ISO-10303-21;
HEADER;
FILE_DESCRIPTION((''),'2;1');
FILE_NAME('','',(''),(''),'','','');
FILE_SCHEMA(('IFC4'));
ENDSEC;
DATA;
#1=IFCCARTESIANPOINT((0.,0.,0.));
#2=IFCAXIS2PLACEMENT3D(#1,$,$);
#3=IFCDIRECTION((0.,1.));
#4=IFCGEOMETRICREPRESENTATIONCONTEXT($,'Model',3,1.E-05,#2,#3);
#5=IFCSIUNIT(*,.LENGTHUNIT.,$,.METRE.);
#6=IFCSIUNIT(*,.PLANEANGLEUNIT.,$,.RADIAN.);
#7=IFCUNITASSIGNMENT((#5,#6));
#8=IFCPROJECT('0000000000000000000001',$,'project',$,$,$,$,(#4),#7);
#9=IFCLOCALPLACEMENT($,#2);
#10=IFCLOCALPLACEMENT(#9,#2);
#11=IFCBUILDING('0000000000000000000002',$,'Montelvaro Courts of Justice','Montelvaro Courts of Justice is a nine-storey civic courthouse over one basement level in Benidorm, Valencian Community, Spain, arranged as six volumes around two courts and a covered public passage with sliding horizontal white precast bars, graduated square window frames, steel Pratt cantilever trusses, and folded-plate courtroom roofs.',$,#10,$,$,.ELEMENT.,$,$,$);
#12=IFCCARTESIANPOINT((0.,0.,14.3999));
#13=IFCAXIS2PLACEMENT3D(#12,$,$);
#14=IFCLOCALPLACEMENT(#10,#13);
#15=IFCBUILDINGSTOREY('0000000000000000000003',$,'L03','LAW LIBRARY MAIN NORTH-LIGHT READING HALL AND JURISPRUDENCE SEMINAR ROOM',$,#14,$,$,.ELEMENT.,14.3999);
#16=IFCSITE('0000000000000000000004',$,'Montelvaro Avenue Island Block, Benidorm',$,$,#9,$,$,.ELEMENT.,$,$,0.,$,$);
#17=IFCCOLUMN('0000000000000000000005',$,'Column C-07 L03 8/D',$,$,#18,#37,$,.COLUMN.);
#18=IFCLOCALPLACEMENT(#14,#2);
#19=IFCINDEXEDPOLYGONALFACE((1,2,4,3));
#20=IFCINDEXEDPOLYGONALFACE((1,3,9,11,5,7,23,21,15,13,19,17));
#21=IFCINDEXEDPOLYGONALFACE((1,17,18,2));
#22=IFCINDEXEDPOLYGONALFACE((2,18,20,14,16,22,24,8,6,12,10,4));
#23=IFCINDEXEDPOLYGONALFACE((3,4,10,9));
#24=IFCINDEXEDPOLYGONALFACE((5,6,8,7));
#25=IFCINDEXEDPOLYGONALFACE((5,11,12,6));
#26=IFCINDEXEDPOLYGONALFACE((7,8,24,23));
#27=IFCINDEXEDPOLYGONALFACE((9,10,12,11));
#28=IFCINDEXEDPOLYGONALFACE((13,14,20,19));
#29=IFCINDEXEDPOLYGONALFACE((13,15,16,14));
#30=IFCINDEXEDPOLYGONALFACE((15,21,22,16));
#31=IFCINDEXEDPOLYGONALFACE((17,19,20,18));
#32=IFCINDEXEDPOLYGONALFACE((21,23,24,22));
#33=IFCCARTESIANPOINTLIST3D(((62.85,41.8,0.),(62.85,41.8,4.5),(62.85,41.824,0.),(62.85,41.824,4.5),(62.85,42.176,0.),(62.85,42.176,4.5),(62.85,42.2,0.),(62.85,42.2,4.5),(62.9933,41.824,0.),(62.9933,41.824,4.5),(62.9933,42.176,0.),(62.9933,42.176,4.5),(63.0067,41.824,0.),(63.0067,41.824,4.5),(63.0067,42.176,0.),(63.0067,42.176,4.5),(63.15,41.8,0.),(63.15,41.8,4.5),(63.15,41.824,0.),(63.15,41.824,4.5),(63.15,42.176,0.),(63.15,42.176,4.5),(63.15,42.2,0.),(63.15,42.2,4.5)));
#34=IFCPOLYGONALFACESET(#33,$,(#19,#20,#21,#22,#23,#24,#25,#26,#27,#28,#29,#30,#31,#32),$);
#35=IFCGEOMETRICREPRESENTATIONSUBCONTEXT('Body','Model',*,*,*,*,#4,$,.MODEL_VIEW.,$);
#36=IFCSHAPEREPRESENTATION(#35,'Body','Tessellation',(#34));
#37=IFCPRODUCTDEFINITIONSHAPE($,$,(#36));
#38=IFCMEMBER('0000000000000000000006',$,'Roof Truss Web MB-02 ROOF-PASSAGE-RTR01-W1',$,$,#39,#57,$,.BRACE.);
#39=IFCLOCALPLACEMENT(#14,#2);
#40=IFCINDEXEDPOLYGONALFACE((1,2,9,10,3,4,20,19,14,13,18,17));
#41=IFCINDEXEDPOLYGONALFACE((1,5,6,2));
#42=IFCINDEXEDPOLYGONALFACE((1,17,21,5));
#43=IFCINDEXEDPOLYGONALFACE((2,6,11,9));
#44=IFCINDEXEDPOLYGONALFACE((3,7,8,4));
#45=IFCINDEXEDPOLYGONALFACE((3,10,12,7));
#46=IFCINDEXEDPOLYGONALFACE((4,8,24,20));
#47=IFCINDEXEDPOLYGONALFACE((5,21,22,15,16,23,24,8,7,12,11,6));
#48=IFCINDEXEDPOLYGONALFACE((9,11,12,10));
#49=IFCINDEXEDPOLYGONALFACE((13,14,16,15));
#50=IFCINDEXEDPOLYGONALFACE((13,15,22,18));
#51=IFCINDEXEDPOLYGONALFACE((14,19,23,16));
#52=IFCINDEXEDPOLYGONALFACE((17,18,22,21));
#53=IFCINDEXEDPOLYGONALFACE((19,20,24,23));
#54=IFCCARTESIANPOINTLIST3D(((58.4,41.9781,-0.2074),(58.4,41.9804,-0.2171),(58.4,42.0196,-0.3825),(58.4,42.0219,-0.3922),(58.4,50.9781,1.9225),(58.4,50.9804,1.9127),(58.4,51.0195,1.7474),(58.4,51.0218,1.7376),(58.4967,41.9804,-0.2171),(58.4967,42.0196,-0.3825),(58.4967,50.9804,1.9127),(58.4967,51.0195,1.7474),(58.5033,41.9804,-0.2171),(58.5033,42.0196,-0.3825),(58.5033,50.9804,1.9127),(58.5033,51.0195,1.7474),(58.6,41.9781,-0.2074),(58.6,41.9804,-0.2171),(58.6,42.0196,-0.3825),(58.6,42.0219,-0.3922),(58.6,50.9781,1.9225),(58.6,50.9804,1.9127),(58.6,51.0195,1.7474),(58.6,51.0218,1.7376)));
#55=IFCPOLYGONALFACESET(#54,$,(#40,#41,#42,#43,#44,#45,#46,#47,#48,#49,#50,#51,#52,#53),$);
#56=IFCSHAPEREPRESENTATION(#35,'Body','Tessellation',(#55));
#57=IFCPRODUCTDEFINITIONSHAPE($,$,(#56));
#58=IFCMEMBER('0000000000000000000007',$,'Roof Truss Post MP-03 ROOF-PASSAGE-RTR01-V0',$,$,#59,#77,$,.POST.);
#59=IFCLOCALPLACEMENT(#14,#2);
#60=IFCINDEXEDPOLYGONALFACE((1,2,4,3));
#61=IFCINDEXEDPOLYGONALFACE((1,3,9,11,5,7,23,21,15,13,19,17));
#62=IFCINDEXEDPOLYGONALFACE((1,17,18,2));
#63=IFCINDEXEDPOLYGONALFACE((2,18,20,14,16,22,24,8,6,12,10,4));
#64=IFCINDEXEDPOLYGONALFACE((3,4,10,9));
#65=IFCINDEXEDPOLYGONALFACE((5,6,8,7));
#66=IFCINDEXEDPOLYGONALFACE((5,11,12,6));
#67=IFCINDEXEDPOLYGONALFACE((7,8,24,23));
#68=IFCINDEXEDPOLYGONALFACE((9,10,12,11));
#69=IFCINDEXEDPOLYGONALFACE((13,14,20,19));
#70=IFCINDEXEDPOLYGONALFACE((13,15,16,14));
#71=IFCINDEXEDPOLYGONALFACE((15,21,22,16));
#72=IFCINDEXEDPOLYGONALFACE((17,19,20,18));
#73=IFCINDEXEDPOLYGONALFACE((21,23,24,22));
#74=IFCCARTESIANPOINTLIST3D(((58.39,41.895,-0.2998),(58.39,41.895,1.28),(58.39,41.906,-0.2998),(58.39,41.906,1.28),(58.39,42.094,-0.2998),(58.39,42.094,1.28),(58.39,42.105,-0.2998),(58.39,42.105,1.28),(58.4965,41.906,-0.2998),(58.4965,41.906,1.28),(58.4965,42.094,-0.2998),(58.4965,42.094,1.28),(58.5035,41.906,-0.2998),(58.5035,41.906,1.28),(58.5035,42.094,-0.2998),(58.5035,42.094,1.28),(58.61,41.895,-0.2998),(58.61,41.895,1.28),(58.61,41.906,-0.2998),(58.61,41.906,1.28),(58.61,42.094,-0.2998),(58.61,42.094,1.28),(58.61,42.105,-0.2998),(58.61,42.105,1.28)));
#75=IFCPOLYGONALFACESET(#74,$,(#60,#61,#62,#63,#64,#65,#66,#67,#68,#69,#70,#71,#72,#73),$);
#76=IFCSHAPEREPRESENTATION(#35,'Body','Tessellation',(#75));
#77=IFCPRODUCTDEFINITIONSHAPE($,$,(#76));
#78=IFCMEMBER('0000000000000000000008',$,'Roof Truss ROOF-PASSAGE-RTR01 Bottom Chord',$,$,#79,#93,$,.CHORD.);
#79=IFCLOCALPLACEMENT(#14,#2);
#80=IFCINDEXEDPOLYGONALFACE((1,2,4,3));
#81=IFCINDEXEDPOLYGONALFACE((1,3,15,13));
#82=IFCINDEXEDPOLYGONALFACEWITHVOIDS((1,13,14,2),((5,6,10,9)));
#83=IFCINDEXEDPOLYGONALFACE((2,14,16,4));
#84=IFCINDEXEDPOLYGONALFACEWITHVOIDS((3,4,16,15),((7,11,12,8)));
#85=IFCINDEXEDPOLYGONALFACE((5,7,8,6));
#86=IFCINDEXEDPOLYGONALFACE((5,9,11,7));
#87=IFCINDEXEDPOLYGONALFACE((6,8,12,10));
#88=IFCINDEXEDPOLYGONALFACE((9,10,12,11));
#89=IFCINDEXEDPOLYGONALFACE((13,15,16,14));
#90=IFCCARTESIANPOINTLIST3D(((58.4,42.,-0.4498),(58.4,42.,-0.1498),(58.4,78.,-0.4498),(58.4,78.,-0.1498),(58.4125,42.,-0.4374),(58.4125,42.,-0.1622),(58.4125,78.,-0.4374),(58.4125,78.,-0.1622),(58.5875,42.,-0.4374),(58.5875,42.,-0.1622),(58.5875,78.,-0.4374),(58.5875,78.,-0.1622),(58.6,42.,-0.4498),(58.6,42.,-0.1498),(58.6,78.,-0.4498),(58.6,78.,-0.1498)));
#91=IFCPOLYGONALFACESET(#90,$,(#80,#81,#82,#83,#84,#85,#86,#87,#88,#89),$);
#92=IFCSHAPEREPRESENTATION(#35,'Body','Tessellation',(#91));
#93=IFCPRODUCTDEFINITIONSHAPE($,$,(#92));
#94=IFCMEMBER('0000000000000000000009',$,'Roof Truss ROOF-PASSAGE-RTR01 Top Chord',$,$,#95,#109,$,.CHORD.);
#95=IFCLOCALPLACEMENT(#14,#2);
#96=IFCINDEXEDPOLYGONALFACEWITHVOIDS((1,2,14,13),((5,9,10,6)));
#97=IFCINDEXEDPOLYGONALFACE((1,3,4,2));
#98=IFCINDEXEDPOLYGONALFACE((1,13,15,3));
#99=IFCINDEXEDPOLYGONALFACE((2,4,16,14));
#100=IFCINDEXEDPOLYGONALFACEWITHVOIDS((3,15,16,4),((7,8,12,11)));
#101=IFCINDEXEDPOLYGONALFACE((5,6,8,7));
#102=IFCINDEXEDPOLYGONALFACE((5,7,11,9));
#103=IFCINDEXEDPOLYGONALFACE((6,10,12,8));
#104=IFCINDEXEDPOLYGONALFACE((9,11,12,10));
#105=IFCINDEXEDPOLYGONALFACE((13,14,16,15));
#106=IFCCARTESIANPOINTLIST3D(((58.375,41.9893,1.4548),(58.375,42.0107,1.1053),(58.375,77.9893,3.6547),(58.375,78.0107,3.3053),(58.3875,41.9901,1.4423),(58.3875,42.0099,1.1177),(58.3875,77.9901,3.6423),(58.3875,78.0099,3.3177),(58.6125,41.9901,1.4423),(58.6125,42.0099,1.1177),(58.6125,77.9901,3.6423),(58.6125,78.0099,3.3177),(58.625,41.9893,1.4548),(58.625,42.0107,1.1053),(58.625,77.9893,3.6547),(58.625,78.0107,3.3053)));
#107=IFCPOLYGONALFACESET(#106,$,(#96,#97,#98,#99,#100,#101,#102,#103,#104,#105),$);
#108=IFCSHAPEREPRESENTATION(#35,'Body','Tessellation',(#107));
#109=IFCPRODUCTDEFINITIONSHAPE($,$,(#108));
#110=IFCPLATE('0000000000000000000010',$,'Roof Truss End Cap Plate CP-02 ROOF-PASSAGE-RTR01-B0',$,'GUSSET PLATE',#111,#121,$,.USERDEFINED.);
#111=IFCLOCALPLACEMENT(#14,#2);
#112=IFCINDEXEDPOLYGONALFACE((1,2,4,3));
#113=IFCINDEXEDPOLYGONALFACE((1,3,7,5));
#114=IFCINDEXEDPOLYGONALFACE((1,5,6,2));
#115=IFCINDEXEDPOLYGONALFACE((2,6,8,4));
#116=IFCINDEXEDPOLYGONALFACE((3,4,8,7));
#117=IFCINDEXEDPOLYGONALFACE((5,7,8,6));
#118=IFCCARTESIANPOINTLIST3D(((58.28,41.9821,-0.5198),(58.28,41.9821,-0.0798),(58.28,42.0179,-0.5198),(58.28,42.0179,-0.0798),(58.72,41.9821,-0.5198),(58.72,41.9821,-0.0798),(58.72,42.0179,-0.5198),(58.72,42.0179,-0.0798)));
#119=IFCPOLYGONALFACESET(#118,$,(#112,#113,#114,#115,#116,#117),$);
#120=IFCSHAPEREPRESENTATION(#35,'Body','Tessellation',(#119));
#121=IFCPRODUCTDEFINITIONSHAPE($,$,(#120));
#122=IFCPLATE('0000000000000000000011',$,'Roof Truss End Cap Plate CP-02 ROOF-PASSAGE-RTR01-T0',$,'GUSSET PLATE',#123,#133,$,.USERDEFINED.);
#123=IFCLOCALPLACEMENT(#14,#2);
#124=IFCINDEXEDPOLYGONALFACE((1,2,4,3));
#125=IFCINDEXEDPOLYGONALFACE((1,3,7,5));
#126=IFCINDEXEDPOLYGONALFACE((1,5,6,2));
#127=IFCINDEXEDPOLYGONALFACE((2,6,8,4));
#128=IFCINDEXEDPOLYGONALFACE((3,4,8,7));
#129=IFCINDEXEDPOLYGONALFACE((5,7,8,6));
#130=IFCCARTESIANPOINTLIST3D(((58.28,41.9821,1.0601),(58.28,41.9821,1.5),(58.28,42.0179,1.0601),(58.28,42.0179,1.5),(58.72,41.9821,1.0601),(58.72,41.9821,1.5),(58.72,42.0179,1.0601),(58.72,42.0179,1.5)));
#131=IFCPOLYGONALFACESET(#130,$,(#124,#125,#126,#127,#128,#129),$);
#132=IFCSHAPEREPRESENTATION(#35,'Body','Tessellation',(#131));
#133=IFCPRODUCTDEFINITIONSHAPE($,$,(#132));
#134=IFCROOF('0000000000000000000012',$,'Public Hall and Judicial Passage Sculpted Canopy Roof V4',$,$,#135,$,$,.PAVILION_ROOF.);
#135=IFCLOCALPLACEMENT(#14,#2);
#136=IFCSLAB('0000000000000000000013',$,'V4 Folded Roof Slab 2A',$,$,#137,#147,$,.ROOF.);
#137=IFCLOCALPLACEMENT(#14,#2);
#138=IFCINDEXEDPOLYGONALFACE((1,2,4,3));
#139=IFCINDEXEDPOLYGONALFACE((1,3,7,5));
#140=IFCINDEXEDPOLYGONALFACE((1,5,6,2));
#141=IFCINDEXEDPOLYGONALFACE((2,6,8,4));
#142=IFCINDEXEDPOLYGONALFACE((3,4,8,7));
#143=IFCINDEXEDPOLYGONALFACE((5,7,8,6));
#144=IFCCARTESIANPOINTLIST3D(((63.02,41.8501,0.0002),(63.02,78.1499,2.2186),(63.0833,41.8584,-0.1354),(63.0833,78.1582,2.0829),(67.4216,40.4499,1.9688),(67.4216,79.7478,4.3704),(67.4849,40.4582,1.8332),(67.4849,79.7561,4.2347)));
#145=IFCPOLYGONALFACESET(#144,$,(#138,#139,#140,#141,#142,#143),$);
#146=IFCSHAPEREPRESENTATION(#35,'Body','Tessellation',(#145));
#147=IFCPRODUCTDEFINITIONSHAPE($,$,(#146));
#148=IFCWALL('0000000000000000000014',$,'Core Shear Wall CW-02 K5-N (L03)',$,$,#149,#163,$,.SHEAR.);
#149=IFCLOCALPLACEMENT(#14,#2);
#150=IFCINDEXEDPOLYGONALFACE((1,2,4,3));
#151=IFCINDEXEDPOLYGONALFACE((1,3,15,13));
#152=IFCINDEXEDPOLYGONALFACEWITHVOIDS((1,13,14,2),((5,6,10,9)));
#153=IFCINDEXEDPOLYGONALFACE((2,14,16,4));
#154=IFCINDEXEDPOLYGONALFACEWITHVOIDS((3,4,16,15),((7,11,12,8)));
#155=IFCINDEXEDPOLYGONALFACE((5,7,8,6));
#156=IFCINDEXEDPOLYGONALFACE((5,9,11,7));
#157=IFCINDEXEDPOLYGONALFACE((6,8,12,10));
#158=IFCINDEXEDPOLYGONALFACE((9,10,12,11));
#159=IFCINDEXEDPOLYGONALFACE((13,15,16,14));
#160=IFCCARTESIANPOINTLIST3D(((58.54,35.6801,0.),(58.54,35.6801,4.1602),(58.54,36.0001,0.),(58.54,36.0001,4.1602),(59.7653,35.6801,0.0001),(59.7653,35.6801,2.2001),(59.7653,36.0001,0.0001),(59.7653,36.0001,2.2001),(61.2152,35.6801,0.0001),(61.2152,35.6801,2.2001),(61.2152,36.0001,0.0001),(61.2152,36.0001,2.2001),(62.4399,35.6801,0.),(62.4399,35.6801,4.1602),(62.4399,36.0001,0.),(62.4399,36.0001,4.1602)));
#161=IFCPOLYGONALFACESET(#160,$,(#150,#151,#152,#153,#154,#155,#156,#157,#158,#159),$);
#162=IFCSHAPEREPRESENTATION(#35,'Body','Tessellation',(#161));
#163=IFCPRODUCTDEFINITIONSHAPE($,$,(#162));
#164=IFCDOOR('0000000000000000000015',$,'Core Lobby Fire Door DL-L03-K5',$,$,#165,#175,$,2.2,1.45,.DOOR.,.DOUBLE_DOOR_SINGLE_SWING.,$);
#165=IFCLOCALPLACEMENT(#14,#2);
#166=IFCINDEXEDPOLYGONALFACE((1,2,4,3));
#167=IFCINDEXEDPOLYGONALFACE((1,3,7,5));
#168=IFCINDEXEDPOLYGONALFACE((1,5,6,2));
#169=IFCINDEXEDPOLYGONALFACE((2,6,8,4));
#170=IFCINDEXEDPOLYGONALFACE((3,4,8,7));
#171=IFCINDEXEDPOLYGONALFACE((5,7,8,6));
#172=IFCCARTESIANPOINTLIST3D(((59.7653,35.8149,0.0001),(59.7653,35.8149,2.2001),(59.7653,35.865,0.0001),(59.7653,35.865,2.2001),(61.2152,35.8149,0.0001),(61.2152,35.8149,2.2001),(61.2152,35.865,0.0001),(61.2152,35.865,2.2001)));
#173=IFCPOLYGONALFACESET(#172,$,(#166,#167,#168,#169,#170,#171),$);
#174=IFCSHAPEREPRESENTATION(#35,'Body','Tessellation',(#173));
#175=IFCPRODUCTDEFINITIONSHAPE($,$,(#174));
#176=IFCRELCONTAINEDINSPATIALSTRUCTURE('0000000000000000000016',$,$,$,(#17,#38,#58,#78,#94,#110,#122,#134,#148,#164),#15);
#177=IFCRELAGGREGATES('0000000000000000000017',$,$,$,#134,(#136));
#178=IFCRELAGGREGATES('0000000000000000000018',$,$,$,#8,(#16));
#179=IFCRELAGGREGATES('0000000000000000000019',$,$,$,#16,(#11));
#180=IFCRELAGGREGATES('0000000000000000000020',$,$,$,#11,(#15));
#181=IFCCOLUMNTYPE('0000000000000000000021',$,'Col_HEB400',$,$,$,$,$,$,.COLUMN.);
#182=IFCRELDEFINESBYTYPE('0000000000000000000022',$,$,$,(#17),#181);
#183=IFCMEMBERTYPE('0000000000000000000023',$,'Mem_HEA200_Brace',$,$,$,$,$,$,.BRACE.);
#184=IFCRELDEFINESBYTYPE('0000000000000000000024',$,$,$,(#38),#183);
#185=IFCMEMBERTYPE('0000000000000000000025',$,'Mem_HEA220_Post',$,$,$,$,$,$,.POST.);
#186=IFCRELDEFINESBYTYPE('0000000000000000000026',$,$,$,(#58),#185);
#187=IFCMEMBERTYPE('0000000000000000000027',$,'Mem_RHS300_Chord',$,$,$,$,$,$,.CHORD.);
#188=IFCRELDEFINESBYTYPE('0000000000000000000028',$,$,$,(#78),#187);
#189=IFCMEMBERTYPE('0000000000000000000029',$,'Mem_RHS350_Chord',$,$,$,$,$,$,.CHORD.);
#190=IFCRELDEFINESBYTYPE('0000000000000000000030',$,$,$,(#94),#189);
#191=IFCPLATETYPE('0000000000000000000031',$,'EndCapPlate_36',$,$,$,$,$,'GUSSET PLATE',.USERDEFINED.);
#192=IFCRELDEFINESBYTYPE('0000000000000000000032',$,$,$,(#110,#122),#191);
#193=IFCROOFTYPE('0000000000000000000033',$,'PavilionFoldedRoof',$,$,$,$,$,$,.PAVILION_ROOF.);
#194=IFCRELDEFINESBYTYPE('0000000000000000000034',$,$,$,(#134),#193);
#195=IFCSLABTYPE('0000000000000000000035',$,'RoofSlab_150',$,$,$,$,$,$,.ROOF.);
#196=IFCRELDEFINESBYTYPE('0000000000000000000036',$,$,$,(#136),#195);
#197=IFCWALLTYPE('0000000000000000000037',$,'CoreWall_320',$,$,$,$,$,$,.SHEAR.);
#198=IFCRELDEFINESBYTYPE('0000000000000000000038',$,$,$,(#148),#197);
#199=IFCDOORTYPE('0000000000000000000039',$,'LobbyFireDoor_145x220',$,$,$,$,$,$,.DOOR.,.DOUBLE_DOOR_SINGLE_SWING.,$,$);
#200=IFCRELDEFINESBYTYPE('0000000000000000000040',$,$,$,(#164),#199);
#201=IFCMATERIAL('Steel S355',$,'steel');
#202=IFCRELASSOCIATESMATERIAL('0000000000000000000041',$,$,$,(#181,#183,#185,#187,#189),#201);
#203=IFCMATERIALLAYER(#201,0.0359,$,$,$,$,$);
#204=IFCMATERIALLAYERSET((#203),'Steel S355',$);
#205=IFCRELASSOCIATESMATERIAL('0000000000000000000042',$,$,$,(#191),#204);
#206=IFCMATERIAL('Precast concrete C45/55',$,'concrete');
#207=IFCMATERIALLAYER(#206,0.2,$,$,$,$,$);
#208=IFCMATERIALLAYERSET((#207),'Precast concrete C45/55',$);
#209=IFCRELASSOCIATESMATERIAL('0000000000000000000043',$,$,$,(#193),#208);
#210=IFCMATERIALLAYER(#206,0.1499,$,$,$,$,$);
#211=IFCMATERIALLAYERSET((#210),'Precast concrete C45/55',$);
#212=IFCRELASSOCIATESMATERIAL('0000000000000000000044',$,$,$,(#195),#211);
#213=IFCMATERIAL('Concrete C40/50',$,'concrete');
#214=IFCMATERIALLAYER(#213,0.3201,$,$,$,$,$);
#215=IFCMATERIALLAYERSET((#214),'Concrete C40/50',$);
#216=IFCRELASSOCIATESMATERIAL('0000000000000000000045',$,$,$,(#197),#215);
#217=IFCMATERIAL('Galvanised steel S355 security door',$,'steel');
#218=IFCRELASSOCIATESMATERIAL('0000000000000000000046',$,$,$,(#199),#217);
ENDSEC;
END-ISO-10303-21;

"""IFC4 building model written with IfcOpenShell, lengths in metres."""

from ifc_helpers import new_model, si_unit, direction, frame, frame_2d, origin, origin_2d, place, context, subcontext, project, spatial, polyline, rectangle, hollow_rectangle, i_section, outline, extrude, material, layer, layer_set, material_profile, profile_set, type_object, element, fill, aggregate, save


model = new_model("IFC4")

# Units and contexts
model_context = context("Model", 3, precision=1e-05, world=origin(), true_north=direction((0.0, 1.0)))
body_context = subcontext(model_context, "Body", "Model", "MODEL_VIEW")
ifc_project = project(units=[si_unit("LENGTHUNIT", "METRE"), si_unit("PLANEANGLEUNIT", "RADIAN")], contexts=[model_context])

# Site, building, storey
site_placement = place(None, origin())
site = spatial("IfcSite", under=ifc_project, at=site_placement, Name="Montelvaro Avenue Island Block, Benidorm", CompositionType="ELEMENT", RefElevation=0.0)
building_placement = place(site_placement, origin())
building = spatial("IfcBuilding", under=site, at=building_placement, Name="Montelvaro Courts of Justice", Description="Montelvaro Courts of Justice is a nine-storey civic courthouse over one basement level in Benidorm, Valencian Community, Spain, arranged as six volumes around two courts and a covered public passage with sliding horizontal white precast bars, graduated square window frames, steel Pratt cantilever trusses, and folded-plate courtroom roofs.", CompositionType="ELEMENT")
storey_placement = place(building_placement, frame((0.0, 0.0, 14.3999)))
storey = spatial("IfcBuildingStorey", under=building, at=storey_placement, Name="L03", Description="LAW LIBRARY MAIN NORTH-LIGHT READING HALL AND JURISPRUDENCE SEMINAR ROOM", CompositionType="ELEMENT", Elevation=14.3999)

# Column
ifc_material_1 = material(Name="Steel S355", Category="steel")
ifc_material_profile_1 = material_profile(ifc_material_1, i_section(OverallWidth=0.3, OverallDepth=0.3999, WebThickness=0.0134, FlangeThickness=0.0239, at=origin_2d()), Name="HEB 400")
ifc_profile_set_1 = profile_set([ifc_material_profile_1], Name="Steel S355")
column_type = type_object("IfcColumnType", Name="Col_HEB400", PredefinedType="COLUMN", material=ifc_profile_set_1)
column_placement = place(storey_placement, frame((63.0, 42.0, 0.0), z_axis=(0.0, 0.0, 1.0), x_axis=(1.0, 0.0, 0.0)))
element("IfcColumn", 1, at=column_placement, inside=storey, type_object=column_type, Name="Column C-07 L03 8/D", PredefinedType="COLUMN", context=body_context, shape_type="SweptSolid", body=[
    extrude(i_section(OverallWidth=0.3, OverallDepth=0.3999, WebThickness=0.0134, FlangeThickness=0.0239, at=origin_2d()), origin(), (0.0, 0.0, 1.0), 4.5),
])

# Members
ifc_material_profile_2 = material_profile(ifc_material_1, i_section(OverallWidth=0.2, OverallDepth=0.1899, WebThickness=0.0066, FlangeThickness=0.01, at=origin_2d()), Name="HEA 200")
ifc_profile_set_2 = profile_set([ifc_material_profile_2], Name="Steel S355")
member_type_1 = type_object("IfcMemberType", Name="Mem_HEA200_Brace", PredefinedType="BRACE", material=ifc_profile_set_2)
member_1_placement = place(storey_placement, frame((58.5, 42.0, -0.2998), z_axis=(0.0, 0.973121, 0.230293), x_axis=(-1.0, 0.0, 0.0)))
element("IfcMember", 2, at=member_1_placement, inside=storey, type_object=member_type_1, Name="Roof Truss Web MB-02 ROOF-PASSAGE-RTR01-W1", PredefinedType="BRACE", context=body_context, shape_type="SweptSolid", body=[
    extrude(i_section(OverallWidth=0.2, OverallDepth=0.1899, WebThickness=0.0066, FlangeThickness=0.01, at=origin_2d()), origin(), (0.0, 0.0, 1.0), 9.2485),
])
ifc_material_profile_3 = material_profile(ifc_material_1, i_section(OverallWidth=0.22, OverallDepth=0.21, WebThickness=0.0071, FlangeThickness=0.011, at=origin_2d()), Name="HEA 220")
ifc_profile_set_3 = profile_set([ifc_material_profile_3], Name="Steel S355")
member_type_2 = type_object("IfcMemberType", Name="Mem_HEA220_Post", PredefinedType="POST", material=ifc_profile_set_3)
member_2_placement = place(storey_placement, frame((58.5, 42.0, -0.2998), z_axis=(0.0, 0.0, 1.0), x_axis=(1.0, 0.0, 0.0)))
element("IfcMember", 3, at=member_2_placement, inside=storey, type_object=member_type_2, Name="Roof Truss Post MP-03 ROOF-PASSAGE-RTR01-V0", PredefinedType="POST", context=body_context, shape_type="SweptSolid", body=[
    extrude(i_section(OverallWidth=0.22, OverallDepth=0.21, WebThickness=0.0071, FlangeThickness=0.011, at=origin_2d()), origin(), (0.0, 0.0, 1.0), 1.5798),
])
ifc_material_profile_4 = material_profile(ifc_material_1, hollow_rectangle(XDim=0.2, YDim=0.3, WallThickness=0.0125, at=origin_2d()), Name="RHS 300x200x12.5")
ifc_profile_set_4 = profile_set([ifc_material_profile_4], Name="Steel S355")
member_type_3 = type_object("IfcMemberType", Name="Mem_RHS300_Chord", PredefinedType="CHORD", material=ifc_profile_set_4)
member_3_placement = place(storey_placement, frame((58.5, 42.0, -0.2998), z_axis=(0.0, 1.0, 0.0), x_axis=(-1.0, 0.0, 0.0)))
element("IfcMember", 4, at=member_3_placement, inside=storey, type_object=member_type_3, Name="Roof Truss ROOF-PASSAGE-RTR01 Bottom Chord", PredefinedType="CHORD", context=body_context, shape_type="SweptSolid", body=[
    extrude(hollow_rectangle(XDim=0.2, YDim=0.3, WallThickness=0.0125, at=origin_2d()), origin(), (0.0, 0.0, 1.0), 36.0),
])
ifc_material_profile_5 = material_profile(ifc_material_1, hollow_rectangle(XDim=0.25, YDim=0.3501, WallThickness=0.0125, at=origin_2d()), Name="RHS 350x250x12.5")
ifc_profile_set_5 = profile_set([ifc_material_profile_5], Name="Steel S355")
member_type_4 = type_object("IfcMemberType", Name="Mem_RHS350_Chord", PredefinedType="CHORD", material=ifc_profile_set_5)
member_4_placement = place(storey_placement, frame((58.5, 42.0, 1.28), z_axis=(0.0, 0.998138, 0.060996), x_axis=(-1.0, 0.0, 0.0)))
element("IfcMember", 5, at=member_4_placement, inside=storey, type_object=member_type_4, Name="Roof Truss ROOF-PASSAGE-RTR01 Top Chord", PredefinedType="CHORD", context=body_context, shape_type="SweptSolid", body=[
    extrude(hollow_rectangle(XDim=0.25, YDim=0.3501, WallThickness=0.0125, at=origin_2d()), origin(), (0.0, 0.0, 1.0), 36.0671),
])

# Plates
ifc_layer_1 = layer(ifc_material_1, 0.0359)
ifc_layer_set_1 = layer_set([ifc_layer_1], Name="Steel S355")
plate_type = type_object("IfcPlateType", Name="EndCapPlate_36", ElementType="GUSSET PLATE", PredefinedType="USERDEFINED", material=ifc_layer_set_1)
for number, where, z_axis, x_axis, name in (
    (6, (58.5, 42.0, -0.5198), (0.0, 0.0, 1.0), (1.0, 0.0, 0.0), "Roof Truss End Cap Plate CP-02 ROOF-PASSAGE-RTR01-B0"),
    (7, (58.5, 42.0, 1.0601), (0.0, 0.0, 1.0), (1.0, 0.0, 0.0), "Roof Truss End Cap Plate CP-02 ROOF-PASSAGE-RTR01-T0"),
):
    element("IfcPlate", number, at=place(storey_placement, frame(where, z_axis=z_axis, x_axis=x_axis)), inside=storey, type_object=plate_type, Name=name, ObjectType="GUSSET PLATE", PredefinedType="USERDEFINED", context=body_context, shape_type="SweptSolid", body=[
        extrude(rectangle(XDim=0.4399, YDim=0.0359, at=origin_2d()), origin(), (0.0, 0.0, 1.0), 0.4399),
    ])

# Roof, slab
ifc_material_2 = material(Name="Precast concrete C45/55", Category="concrete")
ifc_layer_2 = layer(ifc_material_2, 0.2)
ifc_layer_set_2 = layer_set([ifc_layer_2], Name="Precast concrete C45/55")
roof_type = type_object("IfcRoofType", Name="PavilionFoldedRoof", PredefinedType="PAVILION_ROOF", material=ifc_layer_set_2)
roof_placement = place(storey_placement, origin())
roof = element("IfcRoof", 8, at=roof_placement, inside=storey, type_object=roof_type, Name="Public Hall and Judicial Passage Sculpted Canopy Roof V4", PredefinedType="PAVILION_ROOF")
ifc_layer_3 = layer(ifc_material_2, 0.1499)
ifc_layer_set_3 = layer_set([ifc_layer_3], Name="Precast concrete C45/55")
slab_type = type_object("IfcSlabType", Name="RoofSlab_150", PredefinedType="ROOF", material=ifc_layer_set_3)
slab_1_placement = place(storey_placement, frame((63.02, 41.8501, 0.0002), z_axis=(-0.422247, -0.055293, 0.904793), x_axis=(0.87665, -0.278863, 0.392072)))
slab_1 = element("IfcSlab", 9, at=slab_1_placement, type_object=slab_type, Name="V4 Folded Roof Slab 2A", PredefinedType="ROOF", context=body_context, shape_type="SweptSolid", body=[
    extrude(outline(polyline([(0.0, 0.0), (5.0209, 0.0), (-4.9962, 38.0755), (-9.253, 35.1707), (0.0, 0.0)])), origin(), (0.0, 0.0, -1.0), 0.1499),
])
aggregate(roof, [slab_1])

# Wall, opening, door
ifc_material_3 = material(Name="Concrete C40/50", Category="concrete")
ifc_layer_4 = layer(ifc_material_3, 0.3201)
ifc_layer_set_4 = layer_set([ifc_layer_4], Name="Concrete C40/50")
wall_type_1 = type_object("IfcWallType", Name="CoreWall_320", PredefinedType="SHEAR", material=ifc_layer_set_4)
wall_1_placement = place(storey_placement, frame((58.54, 35.8401, 0.0), z_axis=(0.0, 0.0, 1.0), x_axis=(1.0, 0.0, 0.0)))
wall_1 = element("IfcWall", 10, at=wall_1_placement, inside=storey, type_object=wall_type_1, Name="Core Shear Wall CW-02 K5-N (L03)", PredefinedType="SHEAR", context=body_context, shape_type="SweptSolid", body=[
    extrude(rectangle(XDim=3.8999, YDim=0.3201, at=frame_2d((1.95, 0.0))), origin(), (0.0, 0.0, 1.0), 4.1602),
])
opening_1_placement = place(wall_1_placement, frame((1.2251, 0.0, 0.0)))
opening_1 = element("IfcOpeningElement", 11, at=opening_1_placement, cuts=wall_1, PredefinedType="OPENING", context=body_context, shape_type="SweptSolid", body=[
    extrude(rectangle(XDim=1.45, YDim=2.2, at=frame_2d((0.7251, 1.1001))), frame((0.0, 0.1748, 0.0), z_axis=(0.0, -1.0, 0.0), x_axis=(1.0, 0.0, 0.0)), (0.0, 0.0, 1.0), 0.3499),
])
ifc_material_4 = material(Name="Galvanised steel S355 security door", Category="steel")
door_type_1 = type_object("IfcDoorType", Name="LobbyFireDoor_145x220", OperationType="DOUBLE_DOOR_SINGLE_SWING", PredefinedType="DOOR", material=ifc_material_4)
door_1_placement = place(opening_1_placement, origin())
door_1 = element("IfcDoor", 12, at=door_1_placement, inside=storey, type_object=door_type_1, Name="Core Lobby Fire Door DL-L03-K5", OperationType="DOUBLE_DOOR_SINGLE_SWING", OverallHeight=2.2, OverallWidth=1.45, PredefinedType="DOOR", context=body_context, shape_type="SweptSolid", body=[
    extrude(rectangle(XDim=1.45, YDim=2.2, at=frame_2d((0.7251, 1.1001))), frame((0.0, 0.0249, 0.0), z_axis=(0.0, -1.0, 0.0), x_axis=(1.0, 0.0, 0.0)), (0.0, 0.0, 1.0), 0.05),
])
fill(opening_1, door_1)

save(model, "model.ifc")
